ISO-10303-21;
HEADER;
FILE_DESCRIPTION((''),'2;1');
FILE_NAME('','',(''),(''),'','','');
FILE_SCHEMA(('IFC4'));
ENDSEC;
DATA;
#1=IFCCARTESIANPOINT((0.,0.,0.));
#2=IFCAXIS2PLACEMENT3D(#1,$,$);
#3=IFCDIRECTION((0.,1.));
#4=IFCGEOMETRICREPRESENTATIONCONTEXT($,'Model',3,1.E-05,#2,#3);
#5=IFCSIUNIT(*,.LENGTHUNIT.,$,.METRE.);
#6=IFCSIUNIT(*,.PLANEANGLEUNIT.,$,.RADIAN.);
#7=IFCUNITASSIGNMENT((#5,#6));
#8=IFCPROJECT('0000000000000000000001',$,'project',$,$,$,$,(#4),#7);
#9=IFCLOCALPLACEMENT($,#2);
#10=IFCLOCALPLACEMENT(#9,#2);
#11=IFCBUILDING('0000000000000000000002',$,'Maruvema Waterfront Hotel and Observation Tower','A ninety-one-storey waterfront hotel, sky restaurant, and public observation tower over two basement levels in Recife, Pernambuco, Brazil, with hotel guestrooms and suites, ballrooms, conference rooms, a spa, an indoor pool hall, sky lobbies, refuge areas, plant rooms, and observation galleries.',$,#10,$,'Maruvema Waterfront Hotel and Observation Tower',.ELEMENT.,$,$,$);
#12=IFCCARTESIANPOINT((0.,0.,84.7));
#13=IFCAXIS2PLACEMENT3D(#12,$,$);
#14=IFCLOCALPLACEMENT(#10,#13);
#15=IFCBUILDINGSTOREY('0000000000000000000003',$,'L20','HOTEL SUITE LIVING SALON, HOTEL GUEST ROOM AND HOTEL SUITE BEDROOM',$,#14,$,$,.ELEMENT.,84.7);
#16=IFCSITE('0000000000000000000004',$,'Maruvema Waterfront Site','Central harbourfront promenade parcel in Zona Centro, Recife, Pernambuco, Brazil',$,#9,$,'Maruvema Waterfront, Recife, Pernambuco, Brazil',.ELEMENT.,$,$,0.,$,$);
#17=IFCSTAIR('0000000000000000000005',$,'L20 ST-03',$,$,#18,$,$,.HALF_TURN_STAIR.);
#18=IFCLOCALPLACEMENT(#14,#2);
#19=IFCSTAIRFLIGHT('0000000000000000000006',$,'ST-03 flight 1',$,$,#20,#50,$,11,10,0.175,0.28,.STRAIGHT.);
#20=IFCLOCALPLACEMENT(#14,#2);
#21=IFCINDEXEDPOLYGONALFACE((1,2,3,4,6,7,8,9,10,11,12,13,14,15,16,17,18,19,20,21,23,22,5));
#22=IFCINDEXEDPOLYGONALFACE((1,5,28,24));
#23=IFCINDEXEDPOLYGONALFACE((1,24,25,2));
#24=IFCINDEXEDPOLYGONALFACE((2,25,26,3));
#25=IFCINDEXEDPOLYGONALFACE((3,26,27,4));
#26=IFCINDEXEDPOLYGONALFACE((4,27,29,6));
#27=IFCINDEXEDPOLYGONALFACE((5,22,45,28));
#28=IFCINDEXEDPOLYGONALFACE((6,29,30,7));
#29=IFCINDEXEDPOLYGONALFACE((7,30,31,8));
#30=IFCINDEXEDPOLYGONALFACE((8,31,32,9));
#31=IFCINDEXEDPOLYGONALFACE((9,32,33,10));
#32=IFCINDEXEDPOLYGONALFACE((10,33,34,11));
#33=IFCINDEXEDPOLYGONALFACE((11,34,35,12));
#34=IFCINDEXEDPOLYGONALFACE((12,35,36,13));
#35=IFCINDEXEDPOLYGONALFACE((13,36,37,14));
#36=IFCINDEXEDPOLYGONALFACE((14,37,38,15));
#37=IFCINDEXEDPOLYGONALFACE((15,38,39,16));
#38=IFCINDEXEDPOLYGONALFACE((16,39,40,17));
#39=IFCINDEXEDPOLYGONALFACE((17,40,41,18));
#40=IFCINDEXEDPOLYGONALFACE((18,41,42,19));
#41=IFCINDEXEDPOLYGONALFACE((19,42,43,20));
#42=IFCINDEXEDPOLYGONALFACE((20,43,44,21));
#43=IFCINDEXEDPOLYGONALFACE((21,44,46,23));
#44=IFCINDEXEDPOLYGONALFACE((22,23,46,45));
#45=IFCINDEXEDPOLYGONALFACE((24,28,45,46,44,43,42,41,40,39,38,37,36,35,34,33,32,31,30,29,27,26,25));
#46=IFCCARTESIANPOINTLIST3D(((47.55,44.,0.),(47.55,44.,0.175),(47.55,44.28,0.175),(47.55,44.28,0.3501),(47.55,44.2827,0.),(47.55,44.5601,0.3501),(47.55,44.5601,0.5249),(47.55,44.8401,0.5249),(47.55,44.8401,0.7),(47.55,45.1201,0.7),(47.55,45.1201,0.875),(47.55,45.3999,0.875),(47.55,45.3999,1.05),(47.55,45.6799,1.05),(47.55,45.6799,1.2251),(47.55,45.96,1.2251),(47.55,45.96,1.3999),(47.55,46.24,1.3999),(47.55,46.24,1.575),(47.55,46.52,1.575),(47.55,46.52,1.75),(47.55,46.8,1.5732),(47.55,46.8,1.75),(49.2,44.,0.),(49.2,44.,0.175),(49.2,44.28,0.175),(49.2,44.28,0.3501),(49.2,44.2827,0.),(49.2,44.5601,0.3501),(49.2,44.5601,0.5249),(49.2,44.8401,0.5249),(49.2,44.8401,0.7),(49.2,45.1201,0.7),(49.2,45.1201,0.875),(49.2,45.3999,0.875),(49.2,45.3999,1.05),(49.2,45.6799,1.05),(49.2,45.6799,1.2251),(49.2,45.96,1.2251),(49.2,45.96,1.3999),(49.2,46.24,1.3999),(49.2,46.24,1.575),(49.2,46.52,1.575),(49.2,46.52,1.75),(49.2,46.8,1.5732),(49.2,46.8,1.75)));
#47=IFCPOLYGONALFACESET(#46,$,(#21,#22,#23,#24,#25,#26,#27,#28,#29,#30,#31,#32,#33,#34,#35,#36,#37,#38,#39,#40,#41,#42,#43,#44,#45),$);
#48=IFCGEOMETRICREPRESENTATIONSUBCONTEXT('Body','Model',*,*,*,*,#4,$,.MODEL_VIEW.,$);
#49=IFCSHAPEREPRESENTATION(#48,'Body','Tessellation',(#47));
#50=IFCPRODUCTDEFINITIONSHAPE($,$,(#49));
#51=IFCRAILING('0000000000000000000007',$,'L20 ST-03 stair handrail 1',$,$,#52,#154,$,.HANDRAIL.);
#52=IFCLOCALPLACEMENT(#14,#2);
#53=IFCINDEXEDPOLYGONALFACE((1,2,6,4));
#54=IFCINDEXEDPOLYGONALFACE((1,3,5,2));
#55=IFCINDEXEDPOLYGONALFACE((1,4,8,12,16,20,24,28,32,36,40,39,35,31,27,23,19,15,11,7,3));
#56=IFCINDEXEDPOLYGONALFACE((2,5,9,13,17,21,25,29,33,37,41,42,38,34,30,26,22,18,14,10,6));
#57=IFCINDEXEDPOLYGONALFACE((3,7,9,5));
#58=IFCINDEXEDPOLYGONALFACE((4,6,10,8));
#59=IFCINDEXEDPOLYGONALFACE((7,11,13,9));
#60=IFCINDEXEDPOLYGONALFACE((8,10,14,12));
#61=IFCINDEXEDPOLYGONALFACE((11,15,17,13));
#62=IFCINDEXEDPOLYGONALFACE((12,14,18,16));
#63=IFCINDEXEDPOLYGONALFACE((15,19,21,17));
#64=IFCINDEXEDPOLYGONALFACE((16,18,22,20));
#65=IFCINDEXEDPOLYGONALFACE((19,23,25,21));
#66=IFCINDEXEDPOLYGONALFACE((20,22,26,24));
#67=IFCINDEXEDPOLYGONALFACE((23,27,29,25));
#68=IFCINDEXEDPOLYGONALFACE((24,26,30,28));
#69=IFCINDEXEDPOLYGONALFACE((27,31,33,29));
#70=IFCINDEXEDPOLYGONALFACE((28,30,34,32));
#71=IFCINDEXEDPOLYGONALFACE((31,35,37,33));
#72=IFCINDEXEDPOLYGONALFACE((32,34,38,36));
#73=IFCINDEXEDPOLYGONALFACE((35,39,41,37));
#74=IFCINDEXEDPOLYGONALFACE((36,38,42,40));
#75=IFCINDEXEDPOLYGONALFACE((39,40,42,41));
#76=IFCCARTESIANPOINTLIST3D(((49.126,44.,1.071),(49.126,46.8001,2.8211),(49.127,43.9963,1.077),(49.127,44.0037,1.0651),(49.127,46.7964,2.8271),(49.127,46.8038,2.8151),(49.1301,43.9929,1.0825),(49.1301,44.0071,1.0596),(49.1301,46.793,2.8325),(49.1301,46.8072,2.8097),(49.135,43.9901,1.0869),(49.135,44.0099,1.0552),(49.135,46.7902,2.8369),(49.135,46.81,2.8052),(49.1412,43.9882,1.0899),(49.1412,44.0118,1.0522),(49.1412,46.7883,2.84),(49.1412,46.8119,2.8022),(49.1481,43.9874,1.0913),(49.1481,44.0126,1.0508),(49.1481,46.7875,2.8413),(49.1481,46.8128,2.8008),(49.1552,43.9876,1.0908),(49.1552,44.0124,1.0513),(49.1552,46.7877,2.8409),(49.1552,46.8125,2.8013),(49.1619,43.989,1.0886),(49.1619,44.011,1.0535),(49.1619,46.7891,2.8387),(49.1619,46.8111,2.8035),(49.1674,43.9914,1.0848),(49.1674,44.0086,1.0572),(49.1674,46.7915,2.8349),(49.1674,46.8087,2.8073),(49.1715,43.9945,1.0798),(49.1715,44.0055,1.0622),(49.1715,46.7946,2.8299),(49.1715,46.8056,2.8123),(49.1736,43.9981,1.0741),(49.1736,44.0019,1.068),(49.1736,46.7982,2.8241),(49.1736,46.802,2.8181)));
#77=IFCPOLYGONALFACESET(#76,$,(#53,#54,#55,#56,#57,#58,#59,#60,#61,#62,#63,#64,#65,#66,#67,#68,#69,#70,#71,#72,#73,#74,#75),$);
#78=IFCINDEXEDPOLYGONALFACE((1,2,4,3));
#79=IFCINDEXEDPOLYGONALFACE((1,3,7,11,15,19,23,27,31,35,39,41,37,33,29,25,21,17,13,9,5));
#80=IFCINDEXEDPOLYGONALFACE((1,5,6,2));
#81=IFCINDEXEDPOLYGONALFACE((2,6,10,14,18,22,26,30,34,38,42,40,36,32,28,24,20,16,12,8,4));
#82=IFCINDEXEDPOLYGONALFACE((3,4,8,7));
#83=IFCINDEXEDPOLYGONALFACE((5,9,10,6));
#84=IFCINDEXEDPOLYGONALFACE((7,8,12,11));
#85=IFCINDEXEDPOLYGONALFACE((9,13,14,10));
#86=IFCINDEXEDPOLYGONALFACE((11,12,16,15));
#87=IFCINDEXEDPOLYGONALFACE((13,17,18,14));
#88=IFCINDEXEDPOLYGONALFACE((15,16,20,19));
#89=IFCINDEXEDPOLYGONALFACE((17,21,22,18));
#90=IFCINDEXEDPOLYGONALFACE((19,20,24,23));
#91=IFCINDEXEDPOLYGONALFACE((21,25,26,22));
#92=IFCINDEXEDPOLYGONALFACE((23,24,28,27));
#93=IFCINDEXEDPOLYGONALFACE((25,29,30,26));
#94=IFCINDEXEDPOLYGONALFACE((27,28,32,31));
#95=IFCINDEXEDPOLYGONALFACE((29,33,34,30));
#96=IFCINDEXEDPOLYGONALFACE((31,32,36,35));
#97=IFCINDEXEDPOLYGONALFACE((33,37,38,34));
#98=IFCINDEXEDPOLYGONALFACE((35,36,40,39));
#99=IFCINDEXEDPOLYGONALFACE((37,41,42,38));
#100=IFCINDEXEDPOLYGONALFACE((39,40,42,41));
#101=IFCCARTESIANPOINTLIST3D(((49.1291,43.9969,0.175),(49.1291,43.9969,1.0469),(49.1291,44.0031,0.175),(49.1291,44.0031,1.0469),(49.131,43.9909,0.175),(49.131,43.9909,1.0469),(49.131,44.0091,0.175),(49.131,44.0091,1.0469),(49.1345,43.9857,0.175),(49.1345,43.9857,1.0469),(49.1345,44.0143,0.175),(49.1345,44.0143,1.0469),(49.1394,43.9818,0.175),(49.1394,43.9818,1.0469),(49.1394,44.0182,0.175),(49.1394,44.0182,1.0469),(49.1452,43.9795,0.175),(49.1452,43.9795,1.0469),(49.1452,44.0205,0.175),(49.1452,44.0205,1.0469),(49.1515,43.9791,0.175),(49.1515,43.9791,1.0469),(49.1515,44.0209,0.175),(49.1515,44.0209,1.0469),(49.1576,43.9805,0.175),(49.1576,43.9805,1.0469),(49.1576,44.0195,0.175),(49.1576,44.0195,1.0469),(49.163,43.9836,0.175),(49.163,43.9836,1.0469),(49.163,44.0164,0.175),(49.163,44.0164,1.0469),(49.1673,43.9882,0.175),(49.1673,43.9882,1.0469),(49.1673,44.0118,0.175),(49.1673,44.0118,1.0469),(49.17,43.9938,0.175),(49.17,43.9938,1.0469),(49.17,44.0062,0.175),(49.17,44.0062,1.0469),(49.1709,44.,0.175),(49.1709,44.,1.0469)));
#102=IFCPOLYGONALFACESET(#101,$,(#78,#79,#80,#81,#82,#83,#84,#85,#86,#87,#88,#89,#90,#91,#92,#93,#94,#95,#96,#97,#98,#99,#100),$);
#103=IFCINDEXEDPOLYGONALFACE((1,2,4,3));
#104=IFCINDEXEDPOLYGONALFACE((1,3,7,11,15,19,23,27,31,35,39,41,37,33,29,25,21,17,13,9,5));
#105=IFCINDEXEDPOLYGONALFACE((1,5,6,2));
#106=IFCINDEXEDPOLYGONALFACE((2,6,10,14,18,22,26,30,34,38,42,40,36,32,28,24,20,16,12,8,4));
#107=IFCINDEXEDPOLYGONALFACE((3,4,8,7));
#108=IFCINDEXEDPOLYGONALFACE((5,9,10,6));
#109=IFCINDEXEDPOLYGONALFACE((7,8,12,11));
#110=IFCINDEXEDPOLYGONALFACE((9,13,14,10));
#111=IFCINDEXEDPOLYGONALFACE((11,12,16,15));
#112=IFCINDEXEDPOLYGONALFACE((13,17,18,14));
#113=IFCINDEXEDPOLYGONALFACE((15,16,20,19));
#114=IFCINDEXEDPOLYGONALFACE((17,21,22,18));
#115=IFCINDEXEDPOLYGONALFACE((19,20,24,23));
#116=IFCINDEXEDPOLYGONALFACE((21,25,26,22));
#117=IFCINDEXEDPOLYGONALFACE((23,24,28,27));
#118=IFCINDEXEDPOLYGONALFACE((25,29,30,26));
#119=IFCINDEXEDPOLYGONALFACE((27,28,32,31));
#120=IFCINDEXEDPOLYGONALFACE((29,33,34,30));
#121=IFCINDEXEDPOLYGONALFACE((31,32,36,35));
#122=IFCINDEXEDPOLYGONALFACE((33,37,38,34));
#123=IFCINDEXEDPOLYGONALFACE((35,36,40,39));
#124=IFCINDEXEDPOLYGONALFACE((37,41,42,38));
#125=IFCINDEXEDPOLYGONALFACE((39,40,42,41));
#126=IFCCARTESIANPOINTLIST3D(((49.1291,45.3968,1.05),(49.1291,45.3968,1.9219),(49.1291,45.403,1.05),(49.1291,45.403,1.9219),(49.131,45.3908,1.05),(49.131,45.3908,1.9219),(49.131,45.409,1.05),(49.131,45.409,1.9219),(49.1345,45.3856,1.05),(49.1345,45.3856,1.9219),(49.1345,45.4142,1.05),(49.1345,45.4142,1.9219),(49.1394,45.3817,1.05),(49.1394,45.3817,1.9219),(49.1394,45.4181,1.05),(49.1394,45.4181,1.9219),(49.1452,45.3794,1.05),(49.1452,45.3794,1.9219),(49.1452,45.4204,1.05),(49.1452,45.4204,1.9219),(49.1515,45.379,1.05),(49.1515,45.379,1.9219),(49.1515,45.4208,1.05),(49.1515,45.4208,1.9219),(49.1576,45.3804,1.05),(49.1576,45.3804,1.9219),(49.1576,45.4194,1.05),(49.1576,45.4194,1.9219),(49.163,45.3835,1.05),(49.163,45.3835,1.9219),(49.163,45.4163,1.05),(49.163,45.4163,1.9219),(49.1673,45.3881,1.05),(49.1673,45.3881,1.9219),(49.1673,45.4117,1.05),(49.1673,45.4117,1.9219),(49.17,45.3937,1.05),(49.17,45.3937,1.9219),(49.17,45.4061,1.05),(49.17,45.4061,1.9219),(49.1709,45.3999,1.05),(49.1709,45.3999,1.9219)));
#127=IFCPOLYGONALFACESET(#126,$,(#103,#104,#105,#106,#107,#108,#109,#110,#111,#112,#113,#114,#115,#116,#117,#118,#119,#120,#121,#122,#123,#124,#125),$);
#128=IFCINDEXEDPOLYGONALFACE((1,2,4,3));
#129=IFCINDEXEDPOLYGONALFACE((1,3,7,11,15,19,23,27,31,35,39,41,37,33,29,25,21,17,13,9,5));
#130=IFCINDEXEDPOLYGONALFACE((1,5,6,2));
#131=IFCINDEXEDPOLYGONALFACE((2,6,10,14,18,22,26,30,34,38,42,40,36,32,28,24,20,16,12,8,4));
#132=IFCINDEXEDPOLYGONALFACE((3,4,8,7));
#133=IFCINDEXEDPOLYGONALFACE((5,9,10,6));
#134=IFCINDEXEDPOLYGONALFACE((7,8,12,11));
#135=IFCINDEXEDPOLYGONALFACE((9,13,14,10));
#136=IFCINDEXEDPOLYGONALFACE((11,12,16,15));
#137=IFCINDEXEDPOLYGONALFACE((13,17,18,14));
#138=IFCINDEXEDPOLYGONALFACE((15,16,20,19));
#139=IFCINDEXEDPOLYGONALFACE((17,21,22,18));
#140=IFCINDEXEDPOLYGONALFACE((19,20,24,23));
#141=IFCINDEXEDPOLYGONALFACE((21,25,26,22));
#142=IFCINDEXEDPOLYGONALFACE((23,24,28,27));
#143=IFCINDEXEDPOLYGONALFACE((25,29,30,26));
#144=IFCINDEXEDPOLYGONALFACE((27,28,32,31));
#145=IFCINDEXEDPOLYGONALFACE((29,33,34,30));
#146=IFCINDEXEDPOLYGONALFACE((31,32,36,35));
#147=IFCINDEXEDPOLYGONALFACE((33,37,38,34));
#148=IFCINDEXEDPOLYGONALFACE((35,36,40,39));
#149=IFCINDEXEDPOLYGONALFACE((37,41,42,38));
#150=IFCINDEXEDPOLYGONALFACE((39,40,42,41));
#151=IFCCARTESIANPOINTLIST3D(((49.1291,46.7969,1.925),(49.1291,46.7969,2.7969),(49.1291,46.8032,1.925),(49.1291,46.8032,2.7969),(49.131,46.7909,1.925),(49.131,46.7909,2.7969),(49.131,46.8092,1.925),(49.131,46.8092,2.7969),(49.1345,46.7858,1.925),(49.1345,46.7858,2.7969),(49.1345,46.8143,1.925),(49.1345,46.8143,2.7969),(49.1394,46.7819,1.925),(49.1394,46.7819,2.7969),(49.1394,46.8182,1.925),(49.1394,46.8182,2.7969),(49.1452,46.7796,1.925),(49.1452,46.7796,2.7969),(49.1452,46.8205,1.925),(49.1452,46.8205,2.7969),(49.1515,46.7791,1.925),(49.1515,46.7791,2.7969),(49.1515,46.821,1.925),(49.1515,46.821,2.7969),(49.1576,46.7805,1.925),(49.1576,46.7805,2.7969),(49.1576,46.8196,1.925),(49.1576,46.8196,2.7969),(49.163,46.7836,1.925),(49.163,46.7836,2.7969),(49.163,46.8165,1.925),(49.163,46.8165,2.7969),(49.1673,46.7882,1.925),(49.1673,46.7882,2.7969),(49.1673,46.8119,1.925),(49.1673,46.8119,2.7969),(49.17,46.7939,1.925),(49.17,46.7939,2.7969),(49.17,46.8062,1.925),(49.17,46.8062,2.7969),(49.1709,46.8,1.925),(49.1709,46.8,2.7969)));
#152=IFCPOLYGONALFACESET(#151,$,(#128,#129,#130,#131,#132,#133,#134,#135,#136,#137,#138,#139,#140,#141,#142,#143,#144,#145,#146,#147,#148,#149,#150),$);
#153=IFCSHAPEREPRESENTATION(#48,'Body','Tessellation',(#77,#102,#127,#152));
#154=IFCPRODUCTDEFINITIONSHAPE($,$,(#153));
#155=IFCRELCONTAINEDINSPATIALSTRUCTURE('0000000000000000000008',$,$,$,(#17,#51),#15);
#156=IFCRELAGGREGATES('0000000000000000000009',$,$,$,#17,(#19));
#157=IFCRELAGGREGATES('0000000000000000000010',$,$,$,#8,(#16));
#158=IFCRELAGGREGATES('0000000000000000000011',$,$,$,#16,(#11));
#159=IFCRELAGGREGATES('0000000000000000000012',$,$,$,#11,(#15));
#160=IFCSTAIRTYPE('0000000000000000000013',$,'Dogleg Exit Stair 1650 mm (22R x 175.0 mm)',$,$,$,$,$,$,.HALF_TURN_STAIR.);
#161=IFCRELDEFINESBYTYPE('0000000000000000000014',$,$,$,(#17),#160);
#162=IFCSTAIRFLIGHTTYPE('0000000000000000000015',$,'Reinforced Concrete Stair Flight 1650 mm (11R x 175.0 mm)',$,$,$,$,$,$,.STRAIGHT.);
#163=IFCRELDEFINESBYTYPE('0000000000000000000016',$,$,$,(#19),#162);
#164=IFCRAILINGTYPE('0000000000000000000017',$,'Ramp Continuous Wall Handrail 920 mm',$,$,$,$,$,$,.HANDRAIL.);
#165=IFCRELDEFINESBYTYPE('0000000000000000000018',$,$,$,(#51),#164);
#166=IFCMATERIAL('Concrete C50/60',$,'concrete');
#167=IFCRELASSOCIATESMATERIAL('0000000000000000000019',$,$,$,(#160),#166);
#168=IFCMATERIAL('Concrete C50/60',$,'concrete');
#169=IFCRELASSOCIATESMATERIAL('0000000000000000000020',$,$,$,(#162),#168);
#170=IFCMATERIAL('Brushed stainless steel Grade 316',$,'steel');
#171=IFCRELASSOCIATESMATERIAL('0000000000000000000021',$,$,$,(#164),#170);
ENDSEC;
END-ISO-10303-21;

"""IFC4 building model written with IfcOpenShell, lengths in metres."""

from ifc_helpers import new_model, si_unit, direction, frame, origin, origin_2d, place, context, subcontext, project, spatial, polyline, circle, outline, extrude, material, type_object, element, aggregate, save


model = new_model("IFC4")

# Units and contexts
model_context = context("Model", 3, precision=1e-05, world=origin(), true_north=direction((0.0, 1.0)))
body_context = subcontext(model_context, "Body", "Model", "MODEL_VIEW")
ifc_project = project(units=[si_unit("LENGTHUNIT", "METRE"), si_unit("PLANEANGLEUNIT", "RADIAN")], contexts=[model_context])

# Site, building, storey
site_placement = place(None, origin())
site = spatial("IfcSite", under=ifc_project, at=site_placement, Name="Maruvema Waterfront Site", Description="Central harbourfront promenade parcel in Zona Centro, Recife, Pernambuco, Brazil", LongName="Maruvema Waterfront, Recife, Pernambuco, Brazil", CompositionType="ELEMENT", RefElevation=0.0)
building_placement = place(site_placement, origin())
building = spatial("IfcBuilding", under=site, at=building_placement, Name="Maruvema Waterfront Hotel and Observation Tower", Description="A ninety-one-storey waterfront hotel, sky restaurant, and public observation tower over two basement levels in Recife, Pernambuco, Brazil, with hotel guestrooms and suites, ballrooms, conference rooms, a spa, an indoor pool hall, sky lobbies, refuge areas, plant rooms, and observation galleries.", LongName="Maruvema Waterfront Hotel and Observation Tower", CompositionType="ELEMENT")
storey_placement = place(building_placement, frame((0.0, 0.0, 84.7)))
storey = spatial("IfcBuildingStorey", under=building, at=storey_placement, Name="L20", Description="HOTEL SUITE LIVING SALON, HOTEL GUEST ROOM AND HOTEL SUITE BEDROOM", CompositionType="ELEMENT", Elevation=84.7)

# Stair, stair flight
ifc_material_1 = material(Name="Concrete C50/60", Category="concrete")
stair_type = type_object("IfcStairType", Name="Dogleg Exit Stair 1650 mm (22R x 175.0 mm)", PredefinedType="HALF_TURN_STAIR", material=ifc_material_1)
stair_placement = place(storey_placement, origin())
stair = element("IfcStair", 1, at=stair_placement, inside=storey, type_object=stair_type, Name="L20 ST-03", PredefinedType="HALF_TURN_STAIR")
ifc_material_2 = material(Name="Concrete C50/60", Category="concrete")
stair_flight_type = type_object("IfcStairFlightType", Name="Reinforced Concrete Stair Flight 1650 mm (11R x 175.0 mm)", PredefinedType="STRAIGHT", material=ifc_material_2)
stair_flight_placement = place(storey_placement, frame((48.375, 44.0, 0.0), z_axis=(0.0, 0.0, 1.0), x_axis=(0.0, 1.0, 0.0)))
stair_flight = element("IfcStairFlight", 2, at=stair_flight_placement, type_object=stair_flight_type, Name="ST-03 flight 1", NumberOfRisers=11, NumberOfTreads=10, PredefinedType="STRAIGHT", RiserHeight=0.175, TreadLength=0.28, context=body_context, shape_type="SweptSolid", body=[
    extrude(outline(polyline([(0.0, 0.0), (0.0, 0.175), (0.28, 0.175), (0.28, 0.3501), (0.5601, 0.3501), (0.5601, 0.5249), (0.8401, 0.5249), (0.8401, 0.7), (1.1201, 0.7), (1.1201, 0.875), (1.3999, 0.875), (1.3999, 1.05), (1.6799, 1.05), (1.6799, 1.2251), (1.96, 1.2251), (1.96, 1.3999), (2.24, 1.3999), (2.24, 1.575), (2.52, 1.575), (2.52, 1.75), (2.8, 1.75), (2.8, 1.925), (2.8, 1.5732), (0.2827, 0.0), (0.0, 0.0)])), frame((0.0, 0.825, 0.0), z_axis=(0.0, -1.0, 0.0), x_axis=(1.0, 0.0, 0.0)), (0.0, 0.0, 1.0), 1.6499),
])
aggregate(stair, [stair_flight])

# Railing
ifc_material_3 = material(Name="Brushed stainless steel Grade 316", Category="steel")
railing_type_1 = type_object("IfcRailingType", Name="Ramp Continuous Wall Handrail 920 mm", PredefinedType="HANDRAIL", material=ifc_material_3)
railing_1_placement = place(storey_placement, frame((49.1499, 44.0, 0.175)))
element("IfcRailing", 3, at=railing_1_placement, inside=storey, type_object=railing_type_1, Name="L20 ST-03 stair handrail 1", PredefinedType="HANDRAIL", context=body_context, shape_type="SweptSolid", body=[
    extrude(circle(Radius=0.0239, at=origin_2d()), frame((0.0, 0.0, 0.896), z_axis=(0.0, 0.848002, 0.529992), x_axis=(-1.0, 0.0, 0.0)), (0.0, 0.0, 1.0), 3.302),
    extrude(circle(Radius=0.021, at=origin_2d()), origin(), (0.0, 0.0, 1.0), 0.8718),
    extrude(circle(Radius=0.021, at=origin_2d()), frame((0.0, 1.3999, 0.875)), (0.0, 0.0, 1.0), 0.8718),
    extrude(circle(Radius=0.021, at=origin_2d()), frame((0.0, 2.8, 1.75)), (0.0, 0.0, 1.0), 0.8718),
])

save(model, "model.ifc")
